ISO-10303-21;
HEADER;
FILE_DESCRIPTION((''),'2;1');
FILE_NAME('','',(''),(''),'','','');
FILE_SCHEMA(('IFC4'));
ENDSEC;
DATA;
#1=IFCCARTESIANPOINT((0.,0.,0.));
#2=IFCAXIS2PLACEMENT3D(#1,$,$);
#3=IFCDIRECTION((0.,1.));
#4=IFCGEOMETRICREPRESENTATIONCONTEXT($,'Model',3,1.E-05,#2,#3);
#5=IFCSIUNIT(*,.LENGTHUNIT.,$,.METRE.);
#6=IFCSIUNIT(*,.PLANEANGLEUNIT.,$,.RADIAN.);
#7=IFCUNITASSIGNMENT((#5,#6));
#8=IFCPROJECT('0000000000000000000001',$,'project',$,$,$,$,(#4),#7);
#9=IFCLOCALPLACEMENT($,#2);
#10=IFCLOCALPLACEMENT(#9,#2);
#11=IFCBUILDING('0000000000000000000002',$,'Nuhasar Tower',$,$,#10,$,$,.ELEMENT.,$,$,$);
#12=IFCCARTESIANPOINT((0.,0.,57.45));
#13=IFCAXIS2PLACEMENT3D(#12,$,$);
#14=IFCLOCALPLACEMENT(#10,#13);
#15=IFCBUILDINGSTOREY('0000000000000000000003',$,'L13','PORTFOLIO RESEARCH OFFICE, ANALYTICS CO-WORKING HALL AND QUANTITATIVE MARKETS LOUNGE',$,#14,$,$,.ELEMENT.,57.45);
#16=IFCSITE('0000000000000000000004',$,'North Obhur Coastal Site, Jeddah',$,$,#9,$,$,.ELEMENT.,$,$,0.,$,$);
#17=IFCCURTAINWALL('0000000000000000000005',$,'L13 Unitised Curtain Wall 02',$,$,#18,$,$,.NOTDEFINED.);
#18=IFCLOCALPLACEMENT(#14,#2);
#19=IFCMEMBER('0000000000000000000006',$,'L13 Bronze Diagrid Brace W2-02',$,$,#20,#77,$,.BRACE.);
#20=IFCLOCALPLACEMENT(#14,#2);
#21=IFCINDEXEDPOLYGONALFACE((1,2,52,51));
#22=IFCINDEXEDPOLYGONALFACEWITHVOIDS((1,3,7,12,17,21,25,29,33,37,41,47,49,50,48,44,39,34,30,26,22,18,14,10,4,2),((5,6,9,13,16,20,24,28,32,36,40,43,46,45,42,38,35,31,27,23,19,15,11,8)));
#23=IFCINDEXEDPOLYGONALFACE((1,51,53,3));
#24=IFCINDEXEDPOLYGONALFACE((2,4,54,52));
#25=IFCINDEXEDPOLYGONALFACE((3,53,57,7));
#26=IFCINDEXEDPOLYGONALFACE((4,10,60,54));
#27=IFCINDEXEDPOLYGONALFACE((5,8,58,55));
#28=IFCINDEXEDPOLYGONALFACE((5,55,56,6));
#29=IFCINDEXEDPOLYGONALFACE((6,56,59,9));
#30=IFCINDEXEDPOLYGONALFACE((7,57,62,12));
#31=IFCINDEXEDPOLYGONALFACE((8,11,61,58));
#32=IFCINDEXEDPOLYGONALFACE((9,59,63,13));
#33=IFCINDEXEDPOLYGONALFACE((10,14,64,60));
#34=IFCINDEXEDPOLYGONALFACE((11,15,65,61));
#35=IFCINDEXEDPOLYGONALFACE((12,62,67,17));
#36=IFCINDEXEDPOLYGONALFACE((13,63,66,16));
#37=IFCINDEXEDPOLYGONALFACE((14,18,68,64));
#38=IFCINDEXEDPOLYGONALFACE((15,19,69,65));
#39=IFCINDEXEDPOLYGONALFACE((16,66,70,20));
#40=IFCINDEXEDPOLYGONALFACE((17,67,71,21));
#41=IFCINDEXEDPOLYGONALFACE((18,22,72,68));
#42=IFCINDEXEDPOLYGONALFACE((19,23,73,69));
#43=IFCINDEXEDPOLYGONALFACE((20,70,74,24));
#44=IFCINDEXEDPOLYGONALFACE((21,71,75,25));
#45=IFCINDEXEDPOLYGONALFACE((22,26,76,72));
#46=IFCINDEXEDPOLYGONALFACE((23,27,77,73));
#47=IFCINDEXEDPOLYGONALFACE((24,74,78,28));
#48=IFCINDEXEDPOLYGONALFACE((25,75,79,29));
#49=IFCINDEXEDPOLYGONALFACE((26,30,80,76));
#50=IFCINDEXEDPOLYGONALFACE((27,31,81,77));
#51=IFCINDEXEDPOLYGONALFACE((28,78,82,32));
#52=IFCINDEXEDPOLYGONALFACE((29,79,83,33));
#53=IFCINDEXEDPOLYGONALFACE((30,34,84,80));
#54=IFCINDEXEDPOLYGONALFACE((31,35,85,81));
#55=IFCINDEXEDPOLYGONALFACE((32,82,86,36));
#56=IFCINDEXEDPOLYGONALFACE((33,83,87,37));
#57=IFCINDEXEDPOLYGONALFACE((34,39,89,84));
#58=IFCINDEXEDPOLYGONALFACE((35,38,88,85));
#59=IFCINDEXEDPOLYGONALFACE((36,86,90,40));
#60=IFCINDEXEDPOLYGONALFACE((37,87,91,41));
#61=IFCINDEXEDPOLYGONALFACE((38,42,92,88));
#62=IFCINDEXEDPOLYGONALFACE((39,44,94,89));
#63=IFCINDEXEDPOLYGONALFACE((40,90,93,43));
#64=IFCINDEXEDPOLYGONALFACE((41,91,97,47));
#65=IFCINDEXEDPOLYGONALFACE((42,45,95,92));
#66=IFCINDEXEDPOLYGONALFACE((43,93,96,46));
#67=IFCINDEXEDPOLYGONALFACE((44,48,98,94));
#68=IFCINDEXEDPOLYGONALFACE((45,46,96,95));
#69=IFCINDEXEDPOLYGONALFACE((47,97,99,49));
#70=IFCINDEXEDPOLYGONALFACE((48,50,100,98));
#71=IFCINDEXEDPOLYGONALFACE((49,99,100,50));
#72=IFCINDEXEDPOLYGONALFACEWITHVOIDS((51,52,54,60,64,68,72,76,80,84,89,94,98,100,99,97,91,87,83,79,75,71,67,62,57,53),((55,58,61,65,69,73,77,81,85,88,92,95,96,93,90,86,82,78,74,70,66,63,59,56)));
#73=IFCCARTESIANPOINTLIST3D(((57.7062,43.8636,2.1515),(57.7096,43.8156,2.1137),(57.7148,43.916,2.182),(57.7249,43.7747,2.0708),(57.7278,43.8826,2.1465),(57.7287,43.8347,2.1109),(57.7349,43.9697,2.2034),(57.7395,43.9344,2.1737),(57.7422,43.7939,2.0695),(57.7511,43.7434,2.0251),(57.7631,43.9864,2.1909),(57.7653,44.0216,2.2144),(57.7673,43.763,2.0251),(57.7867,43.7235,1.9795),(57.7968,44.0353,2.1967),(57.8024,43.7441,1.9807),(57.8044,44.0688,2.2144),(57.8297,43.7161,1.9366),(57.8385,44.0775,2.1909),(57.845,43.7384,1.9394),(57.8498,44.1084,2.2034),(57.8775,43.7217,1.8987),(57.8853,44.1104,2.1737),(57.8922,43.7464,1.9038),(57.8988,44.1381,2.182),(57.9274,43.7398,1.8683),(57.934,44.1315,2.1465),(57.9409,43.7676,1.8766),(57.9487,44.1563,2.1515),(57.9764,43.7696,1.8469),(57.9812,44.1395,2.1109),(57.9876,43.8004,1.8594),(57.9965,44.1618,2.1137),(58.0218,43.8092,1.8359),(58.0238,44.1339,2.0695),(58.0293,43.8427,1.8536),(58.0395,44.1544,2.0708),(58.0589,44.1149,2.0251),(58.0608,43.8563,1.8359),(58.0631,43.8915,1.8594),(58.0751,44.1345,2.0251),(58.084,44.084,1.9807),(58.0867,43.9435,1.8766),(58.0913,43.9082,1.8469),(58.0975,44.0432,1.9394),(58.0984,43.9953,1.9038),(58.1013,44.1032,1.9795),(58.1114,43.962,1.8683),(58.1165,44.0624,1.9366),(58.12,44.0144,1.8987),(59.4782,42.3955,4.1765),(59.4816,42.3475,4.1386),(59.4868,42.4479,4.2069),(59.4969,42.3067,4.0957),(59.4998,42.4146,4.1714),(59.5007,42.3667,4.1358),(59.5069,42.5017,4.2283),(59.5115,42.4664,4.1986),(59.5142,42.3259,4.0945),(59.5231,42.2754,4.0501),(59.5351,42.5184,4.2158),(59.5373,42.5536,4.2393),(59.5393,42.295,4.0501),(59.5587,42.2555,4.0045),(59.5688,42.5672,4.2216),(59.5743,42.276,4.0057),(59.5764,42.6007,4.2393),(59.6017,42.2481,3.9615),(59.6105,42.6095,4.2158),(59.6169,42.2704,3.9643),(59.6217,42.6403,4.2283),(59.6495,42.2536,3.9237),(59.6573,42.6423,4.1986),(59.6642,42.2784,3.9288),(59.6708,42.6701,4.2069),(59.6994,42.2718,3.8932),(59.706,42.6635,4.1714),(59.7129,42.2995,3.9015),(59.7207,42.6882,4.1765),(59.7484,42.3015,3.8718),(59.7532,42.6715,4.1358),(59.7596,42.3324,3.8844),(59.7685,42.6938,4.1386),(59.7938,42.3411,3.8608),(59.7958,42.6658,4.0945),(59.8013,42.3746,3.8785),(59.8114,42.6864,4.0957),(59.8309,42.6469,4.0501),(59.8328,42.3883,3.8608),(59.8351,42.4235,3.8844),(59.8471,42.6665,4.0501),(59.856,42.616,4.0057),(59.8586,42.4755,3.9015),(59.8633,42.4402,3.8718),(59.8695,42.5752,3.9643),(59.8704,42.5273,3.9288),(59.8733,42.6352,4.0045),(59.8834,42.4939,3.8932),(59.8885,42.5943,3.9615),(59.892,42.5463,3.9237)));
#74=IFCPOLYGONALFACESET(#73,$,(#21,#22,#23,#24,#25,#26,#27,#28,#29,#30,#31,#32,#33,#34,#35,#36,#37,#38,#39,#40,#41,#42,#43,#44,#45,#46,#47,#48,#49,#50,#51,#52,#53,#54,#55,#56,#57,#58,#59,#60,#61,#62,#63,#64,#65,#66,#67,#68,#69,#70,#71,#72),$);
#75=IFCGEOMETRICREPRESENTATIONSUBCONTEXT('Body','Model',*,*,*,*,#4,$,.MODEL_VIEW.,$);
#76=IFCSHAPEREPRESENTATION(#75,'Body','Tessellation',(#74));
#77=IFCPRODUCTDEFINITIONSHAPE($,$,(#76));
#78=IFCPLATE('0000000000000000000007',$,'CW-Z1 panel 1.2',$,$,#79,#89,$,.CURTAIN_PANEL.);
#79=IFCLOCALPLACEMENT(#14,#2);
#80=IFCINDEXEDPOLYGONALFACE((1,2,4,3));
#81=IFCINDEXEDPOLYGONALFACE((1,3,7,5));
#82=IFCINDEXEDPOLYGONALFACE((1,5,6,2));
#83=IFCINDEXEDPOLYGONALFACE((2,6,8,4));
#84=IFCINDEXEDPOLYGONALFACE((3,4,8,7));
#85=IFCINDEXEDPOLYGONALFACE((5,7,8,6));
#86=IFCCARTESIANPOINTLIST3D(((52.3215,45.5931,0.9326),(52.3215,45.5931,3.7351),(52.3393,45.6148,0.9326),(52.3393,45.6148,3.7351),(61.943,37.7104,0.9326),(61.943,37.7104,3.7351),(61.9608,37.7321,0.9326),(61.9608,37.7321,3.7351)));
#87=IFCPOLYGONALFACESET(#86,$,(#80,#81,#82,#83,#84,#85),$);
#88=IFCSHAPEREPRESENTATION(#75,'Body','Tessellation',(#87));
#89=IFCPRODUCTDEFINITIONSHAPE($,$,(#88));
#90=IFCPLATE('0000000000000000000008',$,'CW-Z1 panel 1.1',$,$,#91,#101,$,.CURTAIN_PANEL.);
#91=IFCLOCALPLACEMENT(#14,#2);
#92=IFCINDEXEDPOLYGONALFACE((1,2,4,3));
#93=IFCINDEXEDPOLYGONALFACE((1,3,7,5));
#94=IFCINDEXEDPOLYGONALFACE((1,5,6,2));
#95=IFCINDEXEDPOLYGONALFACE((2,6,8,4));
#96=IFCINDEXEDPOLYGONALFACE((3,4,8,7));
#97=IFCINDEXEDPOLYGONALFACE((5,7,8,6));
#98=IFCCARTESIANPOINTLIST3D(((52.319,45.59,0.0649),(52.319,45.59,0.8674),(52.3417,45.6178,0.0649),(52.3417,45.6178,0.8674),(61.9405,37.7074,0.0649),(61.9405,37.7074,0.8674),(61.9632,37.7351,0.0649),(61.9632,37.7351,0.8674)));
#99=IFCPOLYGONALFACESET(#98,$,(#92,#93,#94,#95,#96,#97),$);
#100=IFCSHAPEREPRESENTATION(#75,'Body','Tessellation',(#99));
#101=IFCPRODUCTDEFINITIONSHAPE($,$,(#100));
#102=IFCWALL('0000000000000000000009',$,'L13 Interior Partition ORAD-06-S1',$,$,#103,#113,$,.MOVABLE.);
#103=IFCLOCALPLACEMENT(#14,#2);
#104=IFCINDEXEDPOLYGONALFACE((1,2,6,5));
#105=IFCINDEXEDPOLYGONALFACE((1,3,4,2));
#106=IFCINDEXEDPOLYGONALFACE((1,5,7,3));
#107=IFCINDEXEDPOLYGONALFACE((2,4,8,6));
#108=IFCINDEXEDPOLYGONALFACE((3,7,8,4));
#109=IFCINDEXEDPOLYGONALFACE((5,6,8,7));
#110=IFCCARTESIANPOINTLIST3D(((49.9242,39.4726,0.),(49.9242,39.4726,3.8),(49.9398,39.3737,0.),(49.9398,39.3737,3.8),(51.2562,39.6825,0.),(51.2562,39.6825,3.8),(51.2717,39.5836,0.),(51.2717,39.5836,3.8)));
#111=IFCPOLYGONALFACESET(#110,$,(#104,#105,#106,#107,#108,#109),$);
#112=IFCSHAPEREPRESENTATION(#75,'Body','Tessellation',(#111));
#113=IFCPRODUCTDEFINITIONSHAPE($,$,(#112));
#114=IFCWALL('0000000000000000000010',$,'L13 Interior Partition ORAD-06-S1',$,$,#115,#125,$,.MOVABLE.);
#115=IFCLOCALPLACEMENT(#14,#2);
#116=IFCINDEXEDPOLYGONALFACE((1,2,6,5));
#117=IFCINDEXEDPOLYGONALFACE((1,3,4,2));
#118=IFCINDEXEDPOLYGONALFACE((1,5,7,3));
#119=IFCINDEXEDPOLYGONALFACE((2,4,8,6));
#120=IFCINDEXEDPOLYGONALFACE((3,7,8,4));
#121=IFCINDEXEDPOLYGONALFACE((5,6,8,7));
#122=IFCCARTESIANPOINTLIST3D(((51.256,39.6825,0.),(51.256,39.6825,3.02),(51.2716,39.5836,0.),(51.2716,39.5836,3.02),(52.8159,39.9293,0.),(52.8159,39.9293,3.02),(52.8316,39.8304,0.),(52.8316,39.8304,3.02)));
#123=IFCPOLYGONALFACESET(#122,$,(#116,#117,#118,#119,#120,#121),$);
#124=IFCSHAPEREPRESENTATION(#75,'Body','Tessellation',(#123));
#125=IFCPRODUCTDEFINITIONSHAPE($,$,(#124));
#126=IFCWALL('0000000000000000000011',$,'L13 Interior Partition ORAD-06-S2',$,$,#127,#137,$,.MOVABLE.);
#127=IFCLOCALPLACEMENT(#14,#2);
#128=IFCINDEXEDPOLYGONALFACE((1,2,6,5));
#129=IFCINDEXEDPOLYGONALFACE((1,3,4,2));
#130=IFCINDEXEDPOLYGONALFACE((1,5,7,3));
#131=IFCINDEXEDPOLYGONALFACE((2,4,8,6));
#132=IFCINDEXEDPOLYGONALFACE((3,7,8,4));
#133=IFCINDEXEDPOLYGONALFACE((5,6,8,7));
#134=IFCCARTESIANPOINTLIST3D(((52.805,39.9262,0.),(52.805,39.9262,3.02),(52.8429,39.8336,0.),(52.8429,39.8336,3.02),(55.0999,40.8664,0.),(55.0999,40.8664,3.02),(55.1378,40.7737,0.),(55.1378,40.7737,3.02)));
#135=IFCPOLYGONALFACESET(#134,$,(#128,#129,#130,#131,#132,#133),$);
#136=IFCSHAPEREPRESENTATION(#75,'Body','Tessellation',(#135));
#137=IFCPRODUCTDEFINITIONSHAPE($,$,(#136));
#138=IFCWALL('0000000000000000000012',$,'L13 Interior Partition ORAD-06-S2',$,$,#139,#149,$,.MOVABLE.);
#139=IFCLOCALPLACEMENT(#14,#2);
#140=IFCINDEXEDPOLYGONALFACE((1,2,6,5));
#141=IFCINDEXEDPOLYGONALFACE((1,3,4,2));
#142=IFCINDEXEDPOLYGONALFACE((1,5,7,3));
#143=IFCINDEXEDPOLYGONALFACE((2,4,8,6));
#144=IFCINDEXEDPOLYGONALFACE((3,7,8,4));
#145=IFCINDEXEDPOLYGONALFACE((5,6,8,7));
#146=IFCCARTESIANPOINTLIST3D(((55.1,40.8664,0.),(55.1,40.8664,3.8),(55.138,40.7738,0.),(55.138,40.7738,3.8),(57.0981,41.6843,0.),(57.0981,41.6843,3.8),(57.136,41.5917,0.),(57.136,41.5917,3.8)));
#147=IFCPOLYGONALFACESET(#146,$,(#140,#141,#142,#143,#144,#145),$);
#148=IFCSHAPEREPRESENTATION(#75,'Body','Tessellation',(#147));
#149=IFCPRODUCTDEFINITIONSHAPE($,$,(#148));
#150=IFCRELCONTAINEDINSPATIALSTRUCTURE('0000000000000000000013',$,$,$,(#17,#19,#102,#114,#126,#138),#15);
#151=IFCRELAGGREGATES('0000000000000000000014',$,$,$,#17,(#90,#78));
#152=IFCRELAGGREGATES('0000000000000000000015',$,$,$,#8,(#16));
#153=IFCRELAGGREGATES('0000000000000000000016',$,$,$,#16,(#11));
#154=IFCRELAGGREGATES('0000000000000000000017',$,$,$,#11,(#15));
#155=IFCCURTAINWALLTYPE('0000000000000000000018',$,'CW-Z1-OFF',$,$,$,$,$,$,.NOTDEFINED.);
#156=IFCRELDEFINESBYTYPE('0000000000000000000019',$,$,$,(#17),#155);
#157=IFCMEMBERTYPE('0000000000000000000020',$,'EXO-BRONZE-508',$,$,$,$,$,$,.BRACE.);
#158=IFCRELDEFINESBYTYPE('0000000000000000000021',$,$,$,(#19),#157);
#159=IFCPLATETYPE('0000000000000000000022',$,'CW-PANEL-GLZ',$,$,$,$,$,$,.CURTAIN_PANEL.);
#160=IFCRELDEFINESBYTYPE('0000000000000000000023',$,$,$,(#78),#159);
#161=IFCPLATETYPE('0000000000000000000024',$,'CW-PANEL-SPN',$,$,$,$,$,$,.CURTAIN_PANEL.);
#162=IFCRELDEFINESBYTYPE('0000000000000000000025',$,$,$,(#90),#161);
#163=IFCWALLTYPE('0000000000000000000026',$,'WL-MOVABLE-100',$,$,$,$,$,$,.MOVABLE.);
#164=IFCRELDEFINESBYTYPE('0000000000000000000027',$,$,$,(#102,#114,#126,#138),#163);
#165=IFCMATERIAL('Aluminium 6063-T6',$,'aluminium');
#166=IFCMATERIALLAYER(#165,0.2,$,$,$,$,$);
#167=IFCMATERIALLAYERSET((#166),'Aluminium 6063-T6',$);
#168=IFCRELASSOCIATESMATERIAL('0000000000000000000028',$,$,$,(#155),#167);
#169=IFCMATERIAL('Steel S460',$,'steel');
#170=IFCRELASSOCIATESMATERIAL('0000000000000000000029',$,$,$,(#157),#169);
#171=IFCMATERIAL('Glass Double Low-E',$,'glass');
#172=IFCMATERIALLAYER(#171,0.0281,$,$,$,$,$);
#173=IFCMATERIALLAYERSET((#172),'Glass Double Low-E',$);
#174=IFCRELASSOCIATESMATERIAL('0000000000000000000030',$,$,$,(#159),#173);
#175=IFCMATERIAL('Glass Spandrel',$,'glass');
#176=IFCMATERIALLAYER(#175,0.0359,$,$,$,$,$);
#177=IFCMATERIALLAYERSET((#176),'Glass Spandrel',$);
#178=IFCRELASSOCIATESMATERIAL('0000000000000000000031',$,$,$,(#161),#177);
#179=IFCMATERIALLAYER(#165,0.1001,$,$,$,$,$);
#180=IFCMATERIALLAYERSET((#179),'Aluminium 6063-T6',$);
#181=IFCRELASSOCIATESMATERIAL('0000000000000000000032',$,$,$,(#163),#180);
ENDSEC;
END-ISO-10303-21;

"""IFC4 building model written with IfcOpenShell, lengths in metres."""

from ifc_helpers import new_model, si_unit, direction, frame, frame_2d, origin, origin_2d, place, context, subcontext, project, spatial, rectangle, hollow_circle, extrude, material, layer, layer_set, material_profile, profile_set, type_object, element, aggregate, save


model = new_model("IFC4")

# Units and contexts
model_context = context("Model", 3, precision=1e-05, world=origin(), true_north=direction((0.0, 1.0)))
body_context = subcontext(model_context, "Body", "Model", "MODEL_VIEW")
ifc_project = project(units=[si_unit("LENGTHUNIT", "METRE"), si_unit("PLANEANGLEUNIT", "RADIAN")], contexts=[model_context])

# Site, building, storey
site_placement = place(None, origin())
site = spatial("IfcSite", under=ifc_project, at=site_placement, Name="North Obhur Coastal Site, Jeddah", CompositionType="ELEMENT", RefElevation=0.0)
building_placement = place(site_placement, origin())
building = spatial("IfcBuilding", under=site, at=building_placement, Name="Nuhasar Tower", CompositionType="ELEMENT")
storey_placement = place(building_placement, frame((0.0, 0.0, 57.45)))
storey = spatial("IfcBuildingStorey", under=building, at=storey_placement, Name="L13", Description="PORTFOLIO RESEARCH OFFICE, ANALYTICS CO-WORKING HALL AND QUANTITATIVE MARKETS LOUNGE", CompositionType="ELEMENT", Elevation=57.45)

# Curtain wall
ifc_material_1 = material(Name="Aluminium 6063-T6", Category="aluminium")
ifc_layer_1 = layer(ifc_material_1, 0.2)
ifc_layer_set_1 = layer_set([ifc_layer_1], Name="Aluminium 6063-T6")
curtain_wall_type = type_object("IfcCurtainWallType", Name="CW-Z1-OFF", PredefinedType="NOTDEFINED", material=ifc_layer_set_1)
curtain_wall_1_placement = place(storey_placement, origin())
curtain_wall_1 = element("IfcCurtainWall", 1, at=curtain_wall_1_placement, inside=storey, type_object=curtain_wall_type, Name="L13 Unitised Curtain Wall 02", PredefinedType="NOTDEFINED")

# Member
ifc_material_2 = material(Name="Steel S460", Category="steel")
ifc_material_profile_1 = material_profile(ifc_material_2, hollow_circle(Radius=0.2539, WallThickness=0.0254, at=origin_2d()), Name="HSS508X25.4")
ifc_profile_set_1 = profile_set([ifc_material_profile_1], Name="Steel S460")
member_type_1 = type_object("IfcMemberType", Name="EXO-BRONZE-508", PredefinedType="BRACE", material=ifc_profile_set_1)
member_1_placement = place(storey_placement, frame((57.9131, 43.939, 2.0251), z_axis=(0.578102, -0.478937, 0.660619), x_axis=(0.637969, 0.770062, 0.0)))
element("IfcMember", 2, at=member_1_placement, inside=storey, type_object=member_type_1, Name="L13 Bronze Diagrid Brace W2-02", PredefinedType="BRACE", context=body_context, shape_type="SweptSolid", body=[
    extrude(hollow_circle(Radius=0.2539, WallThickness=0.0254, at=origin_2d()), origin(), (0.0, 0.0, 1.0), 3.0652),
])

# Plates
ifc_material_3 = material(Name="Glass Double Low-E", Category="glass")
ifc_layer_2 = layer(ifc_material_3, 0.0281)
ifc_layer_set_2 = layer_set([ifc_layer_2], Name="Glass Double Low-E")
plate_type_1 = type_object("IfcPlateType", Name="CW-PANEL-GLZ", PredefinedType="CURTAIN_PANEL", material=ifc_layer_set_2)
plate_1_placement = place(storey_placement, frame((57.1411, 41.6626, 0.9326), z_axis=(0.0, 0.0, 1.0), x_axis=(-0.773542, 0.633745, 0.0)))
plate_1 = element("IfcPlate", 3, at=plate_1_placement, type_object=plate_type_1, Name="CW-Z1 panel 1.2", PredefinedType="CURTAIN_PANEL", context=body_context, shape_type="SweptSolid", body=[
    extrude(rectangle(XDim=12.4382, YDim=0.0281, at=origin_2d()), origin(), (0.0, 0.0, 1.0), 2.8025),
])
ifc_material_4 = material(Name="Glass Spandrel", Category="glass")
ifc_layer_3 = layer(ifc_material_4, 0.0359)
ifc_layer_set_3 = layer_set([ifc_layer_3], Name="Glass Spandrel")
plate_type_2 = type_object("IfcPlateType", Name="CW-PANEL-SPN", PredefinedType="CURTAIN_PANEL", material=ifc_layer_set_3)
plate_2_placement = place(storey_placement, frame((57.1411, 41.6626, 0.0649), z_axis=(0.0, 0.0, 1.0), x_axis=(-0.773542, 0.633745, 0.0)))
plate_2 = element("IfcPlate", 4, at=plate_2_placement, type_object=plate_type_2, Name="CW-Z1 panel 1.1", PredefinedType="CURTAIN_PANEL", context=body_context, shape_type="SweptSolid", body=[
    extrude(rectangle(XDim=12.4382, YDim=0.0359, at=origin_2d()), origin(), (0.0, 0.0, 1.0), 0.8025),
])
aggregate(curtain_wall_1, [plate_2, plate_1])

# Walls
ifc_layer_4 = layer(ifc_material_1, 0.1001)
ifc_layer_set_4 = layer_set([ifc_layer_4], Name="Aluminium 6063-T6")
wall_type = type_object("IfcWallType", Name="WL-MOVABLE-100", PredefinedType="MOVABLE", material=ifc_layer_set_4)
wall_1_placement = place(storey_placement, frame((49.9319, 39.4231, 0.0), z_axis=(0.0, 0.0, 1.0), x_axis=(0.987804, 0.155702, 0.0)))
element("IfcWall", 5, at=wall_1_placement, inside=storey, type_object=wall_type, Name="L13 Interior Partition ORAD-06-S1", PredefinedType="MOVABLE", context=body_context, shape_type="SweptSolid", body=[
    extrude(rectangle(XDim=1.3484, YDim=0.1001, at=frame_2d((0.6743, 0.0))), origin(), (0.0, 0.0, 1.0), 3.8),
])
wall_2_placement = place(storey_placement, frame((51.2639, 39.6331, 0.0), z_axis=(0.0, 0.0, 1.0), x_axis=(0.987714, 0.156272, 0.0)))
element("IfcWall", 6, at=wall_2_placement, inside=storey, type_object=wall_type, Name="L13 Interior Partition ORAD-06-S1", PredefinedType="MOVABLE", context=body_context, shape_type="SweptSolid", body=[
    extrude(rectangle(XDim=1.5793, YDim=0.1001, at=frame_2d((0.7896, 0.0))), origin(), (0.0, 0.0, 1.0), 3.02),
])
wall_3_placement = place(storey_placement, frame((52.824, 39.8799, 0.0), z_axis=(0.0, 0.0, 1.0), x_axis=(0.925356, 0.3791, 0.0)))
element("IfcWall", 7, at=wall_3_placement, inside=storey, type_object=wall_type, Name="L13 Interior Partition ORAD-06-S2", PredefinedType="MOVABLE", context=body_context, shape_type="SweptSolid", body=[
    extrude(rectangle(XDim=2.48, YDim=0.1001, at=frame_2d((1.24, 0.0))), origin(), (0.0, 0.0, 1.0), 3.02),
])
wall_4_placement = place(storey_placement, frame((55.1189, 40.8201, 0.0), z_axis=(0.0, 0.0, 1.0), x_axis=(0.925468, 0.378827, 0.0)))
element("IfcWall", 8, at=wall_4_placement, inside=storey, type_object=wall_type, Name="L13 Interior Partition ORAD-06-S2", PredefinedType="MOVABLE", context=body_context, shape_type="SweptSolid", body=[
    extrude(rectangle(XDim=2.1589, YDim=0.1001, at=frame_2d((1.0796, 0.0))), origin(), (0.0, 0.0, 1.0), 3.8),
])

save(model, "model.ifc")
